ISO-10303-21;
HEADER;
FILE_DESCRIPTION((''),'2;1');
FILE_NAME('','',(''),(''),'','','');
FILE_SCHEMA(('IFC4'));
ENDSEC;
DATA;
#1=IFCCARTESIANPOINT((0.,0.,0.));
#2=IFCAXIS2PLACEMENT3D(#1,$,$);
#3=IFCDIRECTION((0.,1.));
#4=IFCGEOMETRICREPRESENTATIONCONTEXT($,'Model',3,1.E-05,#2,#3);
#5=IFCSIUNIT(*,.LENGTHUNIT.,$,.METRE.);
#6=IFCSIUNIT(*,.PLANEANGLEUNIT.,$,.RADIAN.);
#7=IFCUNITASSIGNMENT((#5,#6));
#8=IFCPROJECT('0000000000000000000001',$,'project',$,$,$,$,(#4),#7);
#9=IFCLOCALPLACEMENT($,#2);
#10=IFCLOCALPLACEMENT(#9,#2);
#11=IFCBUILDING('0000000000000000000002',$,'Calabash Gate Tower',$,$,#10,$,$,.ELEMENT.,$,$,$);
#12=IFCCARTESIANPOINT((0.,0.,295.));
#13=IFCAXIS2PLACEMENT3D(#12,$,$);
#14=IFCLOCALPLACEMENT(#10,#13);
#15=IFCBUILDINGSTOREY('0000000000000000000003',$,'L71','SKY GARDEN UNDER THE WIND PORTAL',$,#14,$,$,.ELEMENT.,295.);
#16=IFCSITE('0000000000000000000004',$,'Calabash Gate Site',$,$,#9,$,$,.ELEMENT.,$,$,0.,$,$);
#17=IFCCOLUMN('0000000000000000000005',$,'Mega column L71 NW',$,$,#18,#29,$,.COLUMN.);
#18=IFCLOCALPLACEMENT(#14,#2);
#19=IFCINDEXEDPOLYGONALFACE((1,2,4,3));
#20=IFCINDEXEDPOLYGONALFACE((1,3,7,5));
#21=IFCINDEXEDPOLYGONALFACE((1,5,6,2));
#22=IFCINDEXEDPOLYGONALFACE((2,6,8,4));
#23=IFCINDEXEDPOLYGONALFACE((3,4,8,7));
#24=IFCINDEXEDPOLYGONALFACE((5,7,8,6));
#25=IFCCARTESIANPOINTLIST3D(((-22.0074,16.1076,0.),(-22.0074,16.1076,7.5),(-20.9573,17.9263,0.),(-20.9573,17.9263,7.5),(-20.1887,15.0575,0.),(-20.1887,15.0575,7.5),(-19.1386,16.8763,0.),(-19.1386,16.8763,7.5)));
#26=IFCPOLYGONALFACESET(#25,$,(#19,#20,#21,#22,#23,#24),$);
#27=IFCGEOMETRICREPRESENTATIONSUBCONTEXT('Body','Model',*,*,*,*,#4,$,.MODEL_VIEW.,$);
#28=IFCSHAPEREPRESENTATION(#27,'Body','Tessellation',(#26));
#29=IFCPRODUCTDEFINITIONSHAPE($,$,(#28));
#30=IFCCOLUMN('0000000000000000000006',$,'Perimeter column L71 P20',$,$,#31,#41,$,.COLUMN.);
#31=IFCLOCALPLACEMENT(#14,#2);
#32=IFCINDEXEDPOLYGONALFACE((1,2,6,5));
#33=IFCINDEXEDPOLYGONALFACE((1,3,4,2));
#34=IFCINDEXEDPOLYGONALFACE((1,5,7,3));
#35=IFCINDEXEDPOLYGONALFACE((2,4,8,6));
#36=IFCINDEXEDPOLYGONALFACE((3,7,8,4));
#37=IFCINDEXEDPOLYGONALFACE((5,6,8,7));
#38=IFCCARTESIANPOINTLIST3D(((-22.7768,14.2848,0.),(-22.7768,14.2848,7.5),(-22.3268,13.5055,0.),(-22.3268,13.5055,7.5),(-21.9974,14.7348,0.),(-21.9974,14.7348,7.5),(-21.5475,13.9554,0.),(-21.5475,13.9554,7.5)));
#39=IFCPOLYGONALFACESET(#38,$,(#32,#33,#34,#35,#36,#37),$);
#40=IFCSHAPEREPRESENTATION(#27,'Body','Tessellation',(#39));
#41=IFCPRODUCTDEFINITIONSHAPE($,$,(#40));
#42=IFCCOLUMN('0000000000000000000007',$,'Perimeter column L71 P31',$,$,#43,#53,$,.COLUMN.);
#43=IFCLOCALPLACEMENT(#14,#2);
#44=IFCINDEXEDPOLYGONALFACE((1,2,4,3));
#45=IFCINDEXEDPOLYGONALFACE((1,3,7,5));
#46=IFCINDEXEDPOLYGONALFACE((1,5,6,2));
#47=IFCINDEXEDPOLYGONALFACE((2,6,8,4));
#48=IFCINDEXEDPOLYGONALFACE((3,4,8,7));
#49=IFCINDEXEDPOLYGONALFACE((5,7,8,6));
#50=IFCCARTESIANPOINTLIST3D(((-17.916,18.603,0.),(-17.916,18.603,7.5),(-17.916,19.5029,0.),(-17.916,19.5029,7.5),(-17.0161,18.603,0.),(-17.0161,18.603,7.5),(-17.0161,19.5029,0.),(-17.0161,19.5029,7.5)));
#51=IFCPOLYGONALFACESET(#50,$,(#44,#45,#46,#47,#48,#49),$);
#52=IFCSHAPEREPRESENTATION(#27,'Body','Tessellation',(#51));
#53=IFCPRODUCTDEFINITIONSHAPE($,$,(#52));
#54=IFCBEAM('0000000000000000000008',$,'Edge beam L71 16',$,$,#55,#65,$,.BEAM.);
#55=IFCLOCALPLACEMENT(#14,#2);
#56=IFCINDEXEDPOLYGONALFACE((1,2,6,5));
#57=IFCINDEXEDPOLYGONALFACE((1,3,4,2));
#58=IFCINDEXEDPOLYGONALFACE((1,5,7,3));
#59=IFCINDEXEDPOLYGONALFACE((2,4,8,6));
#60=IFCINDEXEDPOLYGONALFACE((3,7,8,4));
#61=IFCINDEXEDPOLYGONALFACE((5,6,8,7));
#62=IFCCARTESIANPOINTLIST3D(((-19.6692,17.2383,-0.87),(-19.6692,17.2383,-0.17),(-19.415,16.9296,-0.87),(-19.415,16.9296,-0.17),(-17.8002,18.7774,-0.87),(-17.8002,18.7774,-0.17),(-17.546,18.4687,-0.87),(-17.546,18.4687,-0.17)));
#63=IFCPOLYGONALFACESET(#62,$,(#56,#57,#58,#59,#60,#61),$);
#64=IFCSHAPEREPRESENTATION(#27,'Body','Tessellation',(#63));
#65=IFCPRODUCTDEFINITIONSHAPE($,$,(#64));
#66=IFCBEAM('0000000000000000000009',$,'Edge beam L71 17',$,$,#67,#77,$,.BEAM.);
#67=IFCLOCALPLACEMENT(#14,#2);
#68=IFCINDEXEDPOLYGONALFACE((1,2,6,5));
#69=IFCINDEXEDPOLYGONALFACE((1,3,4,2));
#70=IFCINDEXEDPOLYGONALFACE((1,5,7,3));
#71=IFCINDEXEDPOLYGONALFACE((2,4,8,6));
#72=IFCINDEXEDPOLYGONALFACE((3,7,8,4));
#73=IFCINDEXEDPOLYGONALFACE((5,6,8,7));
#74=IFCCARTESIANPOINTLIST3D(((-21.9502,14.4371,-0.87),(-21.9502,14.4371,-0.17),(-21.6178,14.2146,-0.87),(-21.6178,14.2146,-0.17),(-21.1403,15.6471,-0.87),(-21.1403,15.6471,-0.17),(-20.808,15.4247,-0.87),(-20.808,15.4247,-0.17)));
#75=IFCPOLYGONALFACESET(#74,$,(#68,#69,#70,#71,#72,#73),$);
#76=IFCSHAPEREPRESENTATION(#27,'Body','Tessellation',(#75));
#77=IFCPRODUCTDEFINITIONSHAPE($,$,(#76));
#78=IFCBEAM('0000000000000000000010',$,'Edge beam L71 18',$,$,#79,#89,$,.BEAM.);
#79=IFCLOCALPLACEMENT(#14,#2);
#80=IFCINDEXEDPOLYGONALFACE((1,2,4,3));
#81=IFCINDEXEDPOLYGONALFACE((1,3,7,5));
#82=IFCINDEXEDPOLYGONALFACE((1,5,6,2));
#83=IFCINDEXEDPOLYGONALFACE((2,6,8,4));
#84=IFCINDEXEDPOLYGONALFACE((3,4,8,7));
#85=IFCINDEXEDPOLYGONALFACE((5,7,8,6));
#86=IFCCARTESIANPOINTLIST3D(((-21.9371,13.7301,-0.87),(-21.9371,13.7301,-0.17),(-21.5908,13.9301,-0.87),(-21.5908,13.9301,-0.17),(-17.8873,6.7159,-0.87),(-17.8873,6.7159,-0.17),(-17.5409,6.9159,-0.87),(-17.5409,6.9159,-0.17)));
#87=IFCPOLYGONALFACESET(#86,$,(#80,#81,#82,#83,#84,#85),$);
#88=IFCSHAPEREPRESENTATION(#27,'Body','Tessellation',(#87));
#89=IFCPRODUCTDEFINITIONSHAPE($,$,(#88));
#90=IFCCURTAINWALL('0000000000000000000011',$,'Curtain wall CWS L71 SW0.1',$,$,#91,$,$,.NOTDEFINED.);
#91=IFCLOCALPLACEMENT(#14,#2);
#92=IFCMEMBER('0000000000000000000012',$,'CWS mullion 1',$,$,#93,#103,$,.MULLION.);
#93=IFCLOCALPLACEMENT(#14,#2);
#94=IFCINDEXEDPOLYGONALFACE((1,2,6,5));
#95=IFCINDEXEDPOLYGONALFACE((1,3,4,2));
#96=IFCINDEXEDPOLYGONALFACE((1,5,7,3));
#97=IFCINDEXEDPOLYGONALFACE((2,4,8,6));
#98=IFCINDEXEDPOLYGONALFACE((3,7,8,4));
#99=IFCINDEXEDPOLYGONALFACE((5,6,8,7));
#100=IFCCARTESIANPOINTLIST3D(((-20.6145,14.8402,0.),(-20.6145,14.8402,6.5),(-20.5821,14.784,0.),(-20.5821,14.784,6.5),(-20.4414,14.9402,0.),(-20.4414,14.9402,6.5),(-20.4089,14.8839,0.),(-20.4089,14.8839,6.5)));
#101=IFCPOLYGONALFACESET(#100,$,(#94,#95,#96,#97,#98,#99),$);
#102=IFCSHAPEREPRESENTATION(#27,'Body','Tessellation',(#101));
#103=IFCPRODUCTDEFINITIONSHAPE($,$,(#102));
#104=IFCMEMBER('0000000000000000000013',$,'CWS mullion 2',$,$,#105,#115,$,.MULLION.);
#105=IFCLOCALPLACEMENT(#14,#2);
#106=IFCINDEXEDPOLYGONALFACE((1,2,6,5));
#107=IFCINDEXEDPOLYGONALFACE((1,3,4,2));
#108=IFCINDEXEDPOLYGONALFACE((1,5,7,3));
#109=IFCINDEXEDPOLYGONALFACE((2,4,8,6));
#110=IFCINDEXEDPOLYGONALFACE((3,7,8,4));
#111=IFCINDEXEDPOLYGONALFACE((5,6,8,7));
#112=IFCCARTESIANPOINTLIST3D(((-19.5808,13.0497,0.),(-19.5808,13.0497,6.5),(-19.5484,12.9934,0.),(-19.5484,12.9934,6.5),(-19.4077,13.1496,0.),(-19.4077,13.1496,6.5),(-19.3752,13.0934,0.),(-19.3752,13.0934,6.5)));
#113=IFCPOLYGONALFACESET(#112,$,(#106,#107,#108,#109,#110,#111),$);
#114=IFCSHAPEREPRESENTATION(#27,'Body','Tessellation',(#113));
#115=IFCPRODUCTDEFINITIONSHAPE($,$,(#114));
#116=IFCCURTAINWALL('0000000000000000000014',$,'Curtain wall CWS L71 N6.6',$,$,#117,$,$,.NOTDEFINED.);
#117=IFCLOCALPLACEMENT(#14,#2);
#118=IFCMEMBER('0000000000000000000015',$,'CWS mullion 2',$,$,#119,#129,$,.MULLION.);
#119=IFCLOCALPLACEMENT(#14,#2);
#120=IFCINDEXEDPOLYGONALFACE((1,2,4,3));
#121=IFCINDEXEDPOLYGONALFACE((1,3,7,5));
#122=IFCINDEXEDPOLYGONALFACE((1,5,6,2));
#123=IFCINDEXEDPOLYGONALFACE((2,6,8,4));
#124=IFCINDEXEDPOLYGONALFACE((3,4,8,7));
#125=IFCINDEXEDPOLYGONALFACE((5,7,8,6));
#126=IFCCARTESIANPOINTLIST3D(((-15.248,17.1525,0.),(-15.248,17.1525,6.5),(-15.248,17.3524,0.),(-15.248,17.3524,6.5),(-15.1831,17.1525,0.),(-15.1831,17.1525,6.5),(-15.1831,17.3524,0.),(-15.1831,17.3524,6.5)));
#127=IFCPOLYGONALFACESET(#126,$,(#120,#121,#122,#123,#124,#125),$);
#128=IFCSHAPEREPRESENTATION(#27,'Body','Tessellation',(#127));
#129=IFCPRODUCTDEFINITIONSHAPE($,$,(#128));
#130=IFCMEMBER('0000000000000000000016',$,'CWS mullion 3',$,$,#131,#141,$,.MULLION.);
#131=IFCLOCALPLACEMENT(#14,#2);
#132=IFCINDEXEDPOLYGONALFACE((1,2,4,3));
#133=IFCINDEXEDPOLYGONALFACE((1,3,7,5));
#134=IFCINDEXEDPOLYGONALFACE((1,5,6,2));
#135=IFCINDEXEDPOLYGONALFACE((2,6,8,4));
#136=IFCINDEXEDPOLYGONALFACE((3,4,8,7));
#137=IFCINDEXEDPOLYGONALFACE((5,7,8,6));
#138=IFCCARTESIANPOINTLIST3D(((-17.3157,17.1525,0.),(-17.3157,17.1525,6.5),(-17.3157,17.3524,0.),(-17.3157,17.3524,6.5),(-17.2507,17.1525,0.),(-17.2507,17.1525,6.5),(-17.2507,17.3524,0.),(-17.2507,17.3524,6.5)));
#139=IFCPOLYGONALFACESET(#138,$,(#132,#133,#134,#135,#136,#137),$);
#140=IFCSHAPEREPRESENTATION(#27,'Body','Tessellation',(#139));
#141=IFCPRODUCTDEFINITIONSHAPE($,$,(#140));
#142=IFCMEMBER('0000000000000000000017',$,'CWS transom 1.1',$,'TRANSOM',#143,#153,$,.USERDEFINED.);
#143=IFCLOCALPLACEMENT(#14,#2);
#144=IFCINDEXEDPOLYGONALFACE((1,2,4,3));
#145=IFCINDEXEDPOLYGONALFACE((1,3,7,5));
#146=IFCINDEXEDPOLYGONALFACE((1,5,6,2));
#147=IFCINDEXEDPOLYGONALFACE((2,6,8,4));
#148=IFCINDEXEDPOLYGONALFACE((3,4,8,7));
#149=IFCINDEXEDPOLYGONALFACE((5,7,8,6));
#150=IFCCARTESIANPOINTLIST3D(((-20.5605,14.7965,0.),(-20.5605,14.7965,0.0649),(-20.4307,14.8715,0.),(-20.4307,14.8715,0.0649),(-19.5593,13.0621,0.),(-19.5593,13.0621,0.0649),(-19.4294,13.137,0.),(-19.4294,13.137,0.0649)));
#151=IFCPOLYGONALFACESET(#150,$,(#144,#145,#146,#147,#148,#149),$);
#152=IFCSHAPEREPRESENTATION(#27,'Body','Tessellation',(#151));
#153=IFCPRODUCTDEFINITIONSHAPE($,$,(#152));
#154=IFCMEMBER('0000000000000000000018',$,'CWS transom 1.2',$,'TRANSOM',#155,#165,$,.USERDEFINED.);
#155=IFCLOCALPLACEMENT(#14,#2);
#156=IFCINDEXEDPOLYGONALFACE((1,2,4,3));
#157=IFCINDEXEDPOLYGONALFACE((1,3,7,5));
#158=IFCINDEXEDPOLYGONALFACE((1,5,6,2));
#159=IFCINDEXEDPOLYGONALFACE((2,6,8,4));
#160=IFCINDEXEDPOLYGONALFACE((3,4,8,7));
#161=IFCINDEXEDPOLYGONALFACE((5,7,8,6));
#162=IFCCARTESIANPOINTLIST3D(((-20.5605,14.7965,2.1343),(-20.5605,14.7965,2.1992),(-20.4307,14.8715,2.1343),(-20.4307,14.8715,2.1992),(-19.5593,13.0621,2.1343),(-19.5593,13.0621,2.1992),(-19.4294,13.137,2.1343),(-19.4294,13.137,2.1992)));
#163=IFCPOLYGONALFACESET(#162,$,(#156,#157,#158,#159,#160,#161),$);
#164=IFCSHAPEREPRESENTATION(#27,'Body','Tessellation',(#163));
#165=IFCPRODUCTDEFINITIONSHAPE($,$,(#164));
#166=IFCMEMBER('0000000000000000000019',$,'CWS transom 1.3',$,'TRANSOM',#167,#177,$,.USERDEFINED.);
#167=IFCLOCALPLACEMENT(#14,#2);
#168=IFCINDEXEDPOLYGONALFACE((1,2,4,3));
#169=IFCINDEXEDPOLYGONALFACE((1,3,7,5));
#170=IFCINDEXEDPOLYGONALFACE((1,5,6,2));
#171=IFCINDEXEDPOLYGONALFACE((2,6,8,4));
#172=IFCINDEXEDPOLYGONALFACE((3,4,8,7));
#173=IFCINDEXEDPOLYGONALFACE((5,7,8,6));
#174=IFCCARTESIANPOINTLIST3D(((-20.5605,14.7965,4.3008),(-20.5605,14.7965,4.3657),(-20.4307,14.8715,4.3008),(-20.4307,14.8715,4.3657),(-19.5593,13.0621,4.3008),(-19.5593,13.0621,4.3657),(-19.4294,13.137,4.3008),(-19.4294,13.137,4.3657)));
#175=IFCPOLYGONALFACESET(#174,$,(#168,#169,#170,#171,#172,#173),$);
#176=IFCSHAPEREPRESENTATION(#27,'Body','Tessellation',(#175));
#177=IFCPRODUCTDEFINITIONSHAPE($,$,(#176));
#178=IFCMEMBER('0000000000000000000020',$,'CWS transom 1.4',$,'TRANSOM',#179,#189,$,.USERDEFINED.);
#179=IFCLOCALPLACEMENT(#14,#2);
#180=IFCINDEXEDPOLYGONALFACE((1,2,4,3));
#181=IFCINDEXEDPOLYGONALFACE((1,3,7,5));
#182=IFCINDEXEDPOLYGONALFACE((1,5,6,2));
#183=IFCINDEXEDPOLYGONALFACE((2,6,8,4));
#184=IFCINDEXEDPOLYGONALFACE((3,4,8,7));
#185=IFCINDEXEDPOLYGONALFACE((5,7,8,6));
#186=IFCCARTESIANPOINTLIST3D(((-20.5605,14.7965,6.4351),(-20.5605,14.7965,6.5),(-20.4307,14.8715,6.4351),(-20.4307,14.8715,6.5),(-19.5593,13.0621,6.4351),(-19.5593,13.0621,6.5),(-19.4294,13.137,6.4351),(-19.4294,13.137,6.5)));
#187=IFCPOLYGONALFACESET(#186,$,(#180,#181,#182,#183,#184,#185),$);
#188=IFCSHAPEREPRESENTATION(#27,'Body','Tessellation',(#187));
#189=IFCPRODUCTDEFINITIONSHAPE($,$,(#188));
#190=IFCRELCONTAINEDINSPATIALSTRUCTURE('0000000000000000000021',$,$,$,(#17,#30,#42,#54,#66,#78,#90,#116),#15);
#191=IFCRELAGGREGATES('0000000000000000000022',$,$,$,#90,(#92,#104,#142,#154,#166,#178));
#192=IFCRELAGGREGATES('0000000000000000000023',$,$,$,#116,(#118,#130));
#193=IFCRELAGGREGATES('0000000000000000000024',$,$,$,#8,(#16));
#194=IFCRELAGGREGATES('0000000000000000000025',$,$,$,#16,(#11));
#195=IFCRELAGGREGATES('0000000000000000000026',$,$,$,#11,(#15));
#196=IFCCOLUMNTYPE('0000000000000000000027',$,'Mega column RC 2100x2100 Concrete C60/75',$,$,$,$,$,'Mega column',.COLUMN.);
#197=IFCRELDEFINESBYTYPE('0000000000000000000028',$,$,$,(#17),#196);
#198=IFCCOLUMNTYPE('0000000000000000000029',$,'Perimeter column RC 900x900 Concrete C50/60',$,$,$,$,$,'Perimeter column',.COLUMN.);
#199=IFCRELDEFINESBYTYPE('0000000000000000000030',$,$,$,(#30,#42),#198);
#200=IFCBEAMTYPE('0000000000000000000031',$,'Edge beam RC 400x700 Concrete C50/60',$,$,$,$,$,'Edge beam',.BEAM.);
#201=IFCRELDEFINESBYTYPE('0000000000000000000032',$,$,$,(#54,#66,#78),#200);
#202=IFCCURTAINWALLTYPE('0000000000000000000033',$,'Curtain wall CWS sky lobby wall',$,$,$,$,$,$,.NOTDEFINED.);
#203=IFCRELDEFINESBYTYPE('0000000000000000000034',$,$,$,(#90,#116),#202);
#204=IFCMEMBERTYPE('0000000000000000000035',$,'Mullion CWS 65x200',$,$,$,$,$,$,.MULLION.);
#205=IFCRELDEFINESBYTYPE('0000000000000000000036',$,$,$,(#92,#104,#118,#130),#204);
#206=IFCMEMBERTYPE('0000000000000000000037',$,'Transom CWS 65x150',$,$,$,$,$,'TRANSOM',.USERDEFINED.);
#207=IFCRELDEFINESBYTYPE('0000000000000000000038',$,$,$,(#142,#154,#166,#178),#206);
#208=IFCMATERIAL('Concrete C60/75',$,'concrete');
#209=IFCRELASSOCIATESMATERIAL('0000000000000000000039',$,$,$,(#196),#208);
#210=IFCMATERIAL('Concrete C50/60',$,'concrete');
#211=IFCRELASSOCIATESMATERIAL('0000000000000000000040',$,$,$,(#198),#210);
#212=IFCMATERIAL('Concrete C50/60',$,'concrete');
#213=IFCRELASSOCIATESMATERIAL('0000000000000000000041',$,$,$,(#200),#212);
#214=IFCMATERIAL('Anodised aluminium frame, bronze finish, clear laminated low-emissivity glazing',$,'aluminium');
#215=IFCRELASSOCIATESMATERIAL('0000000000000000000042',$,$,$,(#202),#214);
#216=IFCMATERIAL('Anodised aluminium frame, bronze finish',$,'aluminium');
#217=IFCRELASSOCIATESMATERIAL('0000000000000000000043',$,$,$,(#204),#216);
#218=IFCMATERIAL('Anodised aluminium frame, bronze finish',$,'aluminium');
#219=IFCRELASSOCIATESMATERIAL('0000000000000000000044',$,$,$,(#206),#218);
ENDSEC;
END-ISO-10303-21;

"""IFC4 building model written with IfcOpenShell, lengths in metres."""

from ifc_helpers import new_model, si_unit, direction, frame, origin, origin_2d, place, context, subcontext, project, spatial, rectangle, extrude, material, material_profile, profile_set, type_object, element, aggregate, save


model = new_model("IFC4")

# Units and contexts
model_context = context("Model", 3, precision=1e-05, world=origin(), true_north=direction((0.0, 1.0)))
body_context = subcontext(model_context, "Body", "Model", "MODEL_VIEW")
ifc_project = project(units=[si_unit("LENGTHUNIT", "METRE"), si_unit("PLANEANGLEUNIT", "RADIAN")], contexts=[model_context])

# Site, building, storey
site_placement = place(None, origin())
site = spatial("IfcSite", under=ifc_project, at=site_placement, Name="Calabash Gate Site", CompositionType="ELEMENT", RefElevation=0.0)
building_placement = place(site_placement, origin())
building = spatial("IfcBuilding", under=site, at=building_placement, Name="Calabash Gate Tower", CompositionType="ELEMENT")
storey_placement = place(building_placement, frame((0.0, 0.0, 295.0)))
storey = spatial("IfcBuildingStorey", under=building, at=storey_placement, Name="L71", Description="SKY GARDEN UNDER THE WIND PORTAL", CompositionType="ELEMENT", Elevation=295.0)

# Columns
ifc_material_1 = material(Name="Concrete C60/75", Category="concrete")
ifc_material_profile_1 = material_profile(ifc_material_1, rectangle(XDim=2.1001, YDim=2.1001, at=origin_2d()))
ifc_profile_set_1 = profile_set([ifc_material_profile_1], Name="Concrete C60/75")
column_type_1 = type_object("IfcColumnType", Name="Mega column RC 2100x2100 Concrete C60/75", ElementType="Mega column", PredefinedType="COLUMN", material=ifc_profile_set_1)
column_placement = place(storey_placement, frame((-20.573, 16.4919, 0.0), z_axis=(0.0, 0.0, 1.0), x_axis=(0.866025, -0.5, 0.0)))
element("IfcColumn", 1, at=column_placement, inside=storey, type_object=column_type_1, Name="Mega column L71 NW", PredefinedType="COLUMN", context=body_context, shape_type="SweptSolid", body=[
    extrude(rectangle(XDim=2.1001, YDim=2.1001, at=origin_2d()), origin(), (0.0, 0.0, 1.0), 7.5),
])
ifc_material_2 = material(Name="Concrete C50/60", Category="concrete")
ifc_material_profile_2 = material_profile(ifc_material_2, rectangle(XDim=0.8999, YDim=0.8999, at=origin_2d()))
ifc_profile_set_2 = profile_set([ifc_material_profile_2], Name="Concrete C50/60")
column_type_2 = type_object("IfcColumnType", Name="Perimeter column RC 900x900 Concrete C50/60", ElementType="Perimeter column", PredefinedType="COLUMN", material=ifc_profile_set_2)
for number, where, z_axis, x_axis, name in (
    (2, (-22.1621, 14.1201, 0.0), (0.0, 0.0, 1.0), (0.5, -0.866025, 0.0), "Perimeter column L71 P20"),
    (3, (-17.4661, 19.053, 0.0), (0.0, 0.0, 1.0), (-1.0, 0.0, 0.0), "Perimeter column L71 P31"),
):
    element("IfcColumn", number, at=place(storey_placement, frame(where, z_axis=z_axis, x_axis=x_axis)), inside=storey, type_object=column_type_2, Name=name, PredefinedType="COLUMN", context=body_context, shape_type="SweptSolid", body=[
        extrude(rectangle(XDim=0.8999, YDim=0.8999, at=origin_2d()), origin(), (0.0, 0.0, 1.0), 7.5),
    ])

# Beams
ifc_material_3 = material(Name="Concrete C50/60", Category="concrete")
ifc_material_profile_3 = material_profile(ifc_material_3, rectangle(XDim=0.3999, YDim=0.7, at=origin_2d()))
ifc_profile_set_3 = profile_set([ifc_material_profile_3], Name="Concrete C50/60")
beam_type = type_object("IfcBeamType", Name="Edge beam RC 400x700 Concrete C50/60", ElementType="Edge beam", PredefinedType="BEAM", material=ifc_profile_set_3)
beam_1_placement = place(storey_placement, frame((-17.6731, 18.623, -0.52), z_axis=(-0.771936, -0.6357, 0.0), x_axis=(0.6357, -0.771936, 0.0)))
element("IfcBeam", 4, at=beam_1_placement, inside=storey, type_object=beam_type, Name="Edge beam L71 16", PredefinedType="BEAM", context=body_context, shape_type="SweptSolid", body=[
    extrude(rectangle(XDim=0.3999, YDim=0.7, at=origin_2d()), origin(), (0.0, 0.0, 1.0), 2.4211),
])
beam_2_placement = place(storey_placement, frame((-20.9741, 15.5359, -0.52), z_axis=(-0.556208, -0.831043, 0.0), x_axis=(0.831043, -0.556208, 0.0)))
element("IfcBeam", 5, at=beam_2_placement, inside=storey, type_object=beam_type, Name="Edge beam L71 17", PredefinedType="BEAM", context=body_context, shape_type="SweptSolid", body=[
    extrude(rectangle(XDim=0.3999, YDim=0.7, at=origin_2d()), origin(), (0.0, 0.0, 1.0), 1.4561),
])
beam_3_placement = place(storey_placement, frame((-21.7639, 13.8301, -0.52), z_axis=(0.500016, -0.866016, 0.0), x_axis=(0.866016, 0.500016, 0.0)))
element("IfcBeam", 6, at=beam_3_placement, inside=storey, type_object=beam_type, Name="Edge beam L71 18", PredefinedType="BEAM", context=body_context, shape_type="SweptSolid", body=[
    extrude(rectangle(XDim=0.3999, YDim=0.7, at=origin_2d()), origin(), (0.0, 0.0, 1.0), 8.0994),
])

# Curtain walls, members
ifc_material_4 = material(Name="Anodised aluminium frame, bronze finish, clear laminated low-emissivity glazing", Category="aluminium")
curtain_wall_type = type_object("IfcCurtainWallType", Name="Curtain wall CWS sky lobby wall", PredefinedType="NOTDEFINED", material=ifc_material_4)
curtain_wall_1_placement = place(storey_placement, origin())
curtain_wall_1 = element("IfcCurtainWall", 7, at=curtain_wall_1_placement, inside=storey, type_object=curtain_wall_type, Name="Curtain wall CWS L71 SW0.1", PredefinedType="NOTDEFINED")
ifc_material_5 = material(Name="Anodised aluminium frame, bronze finish", Category="aluminium")
ifc_material_profile_4 = material_profile(ifc_material_5, rectangle(XDim=0.2, YDim=0.0649, at=origin_2d()))
ifc_profile_set_4 = profile_set([ifc_material_profile_4], Name="Anodised aluminium frame, bronze finish")
member_type_1 = type_object("IfcMemberType", Name="Mullion CWS 65x200", PredefinedType="MULLION", material=ifc_profile_set_4)
member_1_placement = place(storey_placement, frame((-20.5117, 14.8621, 0.0), z_axis=(0.0, 0.0, 1.0), x_axis=(0.866025, 0.5, 0.0)))
member_1 = element("IfcMember", 8, at=member_1_placement, type_object=member_type_1, Name="CWS mullion 1", PredefinedType="MULLION", context=body_context, shape_type="SweptSolid", body=[
    extrude(rectangle(XDim=0.2, YDim=0.0649, at=origin_2d()), origin(), (0.0, 0.0, 1.0), 6.5),
])
member_2_placement = place(storey_placement, frame((-19.478, 13.0715, 0.0), z_axis=(0.0, 0.0, 1.0), x_axis=(0.866025, 0.5, 0.0)))
member_2 = element("IfcMember", 9, at=member_2_placement, type_object=member_type_1, Name="CWS mullion 2", PredefinedType="MULLION", context=body_context, shape_type="SweptSolid", body=[
    extrude(rectangle(XDim=0.2, YDim=0.0649, at=origin_2d()), origin(), (0.0, 0.0, 1.0), 6.5),
])
curtain_wall_2_placement = place(storey_placement, origin())
curtain_wall_2 = element("IfcCurtainWall", 10, at=curtain_wall_2_placement, inside=storey, type_object=curtain_wall_type, Name="Curtain wall CWS L71 N6.6", PredefinedType="NOTDEFINED")
member_3_placement = place(storey_placement, frame((-15.2156, 17.2524, 0.0), z_axis=(0.0, 0.0, 1.0), x_axis=(0.0, -1.0, 0.0)))
member_3 = element("IfcMember", 11, at=member_3_placement, type_object=member_type_1, Name="CWS mullion 2", PredefinedType="MULLION", context=body_context, shape_type="SweptSolid", body=[
    extrude(rectangle(XDim=0.2, YDim=0.0649, at=origin_2d()), origin(), (0.0, 0.0, 1.0), 6.5),
])
member_4_placement = place(storey_placement, frame((-17.2832, 17.2524, 0.0), z_axis=(0.0, 0.0, 1.0), x_axis=(0.0, -1.0, 0.0)))
member_4 = element("IfcMember", 12, at=member_4_placement, type_object=member_type_1, Name="CWS mullion 3", PredefinedType="MULLION", context=body_context, shape_type="SweptSolid", body=[
    extrude(rectangle(XDim=0.2, YDim=0.0649, at=origin_2d()), origin(), (0.0, 0.0, 1.0), 6.5),
])

# Members
ifc_material_6 = material(Name="Anodised aluminium frame, bronze finish", Category="aluminium")
ifc_material_profile_5 = material_profile(ifc_material_6, rectangle(XDim=0.1499, YDim=0.0649, at=origin_2d()))
ifc_profile_set_5 = profile_set([ifc_material_profile_5], Name="Anodised aluminium frame, bronze finish")
member_type_2 = type_object("IfcMemberType", Name="Transom CWS 65x150", ElementType="TRANSOM", PredefinedType="USERDEFINED", material=ifc_profile_set_5)
member_5_placement = place(storey_placement, frame((-20.4956, 14.834, 0.0325), z_axis=(0.499955, -0.866052, 0.0), x_axis=(0.866052, 0.499955, 0.0)))
member_5 = element("IfcMember", 13, at=member_5_placement, type_object=member_type_2, Name="CWS transom 1.1", ObjectType="TRANSOM", PredefinedType="USERDEFINED", context=body_context, shape_type="SweptSolid", body=[
    extrude(rectangle(XDim=0.1499, YDim=0.0649, at=origin_2d()), origin(), (0.0, 0.0, 1.0), 2.0027),
])
member_6_placement = place(storey_placement, frame((-20.4956, 14.834, 2.1667), z_axis=(0.499955, -0.866052, 0.0), x_axis=(0.866052, 0.499955, 0.0)))
member_6 = element("IfcMember", 14, at=member_6_placement, type_object=member_type_2, Name="CWS transom 1.2", ObjectType="TRANSOM", PredefinedType="USERDEFINED", context=body_context, shape_type="SweptSolid", body=[
    extrude(rectangle(XDim=0.1499, YDim=0.0649, at=origin_2d()), origin(), (0.0, 0.0, 1.0), 2.0027),
])
member_7_placement = place(storey_placement, frame((-20.4956, 14.834, 4.3333), z_axis=(0.499955, -0.866052, 0.0), x_axis=(0.866052, 0.499955, 0.0)))
member_7 = element("IfcMember", 15, at=member_7_placement, type_object=member_type_2, Name="CWS transom 1.3", ObjectType="TRANSOM", PredefinedType="USERDEFINED", context=body_context, shape_type="SweptSolid", body=[
    extrude(rectangle(XDim=0.1499, YDim=0.0649, at=origin_2d()), origin(), (0.0, 0.0, 1.0), 2.0027),
])
member_8_placement = place(storey_placement, frame((-20.4956, 14.834, 6.4675), z_axis=(0.499955, -0.866052, 0.0), x_axis=(0.866052, 0.499955, 0.0)))
member_8 = element("IfcMember", 16, at=member_8_placement, type_object=member_type_2, Name="CWS transom 1.4", ObjectType="TRANSOM", PredefinedType="USERDEFINED", context=body_context, shape_type="SweptSolid", body=[
    extrude(rectangle(XDim=0.1499, YDim=0.0649, at=origin_2d()), origin(), (0.0, 0.0, 1.0), 2.0027),
])

aggregate(curtain_wall_1, [member_1, member_2, member_5, member_6, member_7, member_8])
aggregate(curtain_wall_2, [member_3, member_4])

save(model, "model.ifc")
